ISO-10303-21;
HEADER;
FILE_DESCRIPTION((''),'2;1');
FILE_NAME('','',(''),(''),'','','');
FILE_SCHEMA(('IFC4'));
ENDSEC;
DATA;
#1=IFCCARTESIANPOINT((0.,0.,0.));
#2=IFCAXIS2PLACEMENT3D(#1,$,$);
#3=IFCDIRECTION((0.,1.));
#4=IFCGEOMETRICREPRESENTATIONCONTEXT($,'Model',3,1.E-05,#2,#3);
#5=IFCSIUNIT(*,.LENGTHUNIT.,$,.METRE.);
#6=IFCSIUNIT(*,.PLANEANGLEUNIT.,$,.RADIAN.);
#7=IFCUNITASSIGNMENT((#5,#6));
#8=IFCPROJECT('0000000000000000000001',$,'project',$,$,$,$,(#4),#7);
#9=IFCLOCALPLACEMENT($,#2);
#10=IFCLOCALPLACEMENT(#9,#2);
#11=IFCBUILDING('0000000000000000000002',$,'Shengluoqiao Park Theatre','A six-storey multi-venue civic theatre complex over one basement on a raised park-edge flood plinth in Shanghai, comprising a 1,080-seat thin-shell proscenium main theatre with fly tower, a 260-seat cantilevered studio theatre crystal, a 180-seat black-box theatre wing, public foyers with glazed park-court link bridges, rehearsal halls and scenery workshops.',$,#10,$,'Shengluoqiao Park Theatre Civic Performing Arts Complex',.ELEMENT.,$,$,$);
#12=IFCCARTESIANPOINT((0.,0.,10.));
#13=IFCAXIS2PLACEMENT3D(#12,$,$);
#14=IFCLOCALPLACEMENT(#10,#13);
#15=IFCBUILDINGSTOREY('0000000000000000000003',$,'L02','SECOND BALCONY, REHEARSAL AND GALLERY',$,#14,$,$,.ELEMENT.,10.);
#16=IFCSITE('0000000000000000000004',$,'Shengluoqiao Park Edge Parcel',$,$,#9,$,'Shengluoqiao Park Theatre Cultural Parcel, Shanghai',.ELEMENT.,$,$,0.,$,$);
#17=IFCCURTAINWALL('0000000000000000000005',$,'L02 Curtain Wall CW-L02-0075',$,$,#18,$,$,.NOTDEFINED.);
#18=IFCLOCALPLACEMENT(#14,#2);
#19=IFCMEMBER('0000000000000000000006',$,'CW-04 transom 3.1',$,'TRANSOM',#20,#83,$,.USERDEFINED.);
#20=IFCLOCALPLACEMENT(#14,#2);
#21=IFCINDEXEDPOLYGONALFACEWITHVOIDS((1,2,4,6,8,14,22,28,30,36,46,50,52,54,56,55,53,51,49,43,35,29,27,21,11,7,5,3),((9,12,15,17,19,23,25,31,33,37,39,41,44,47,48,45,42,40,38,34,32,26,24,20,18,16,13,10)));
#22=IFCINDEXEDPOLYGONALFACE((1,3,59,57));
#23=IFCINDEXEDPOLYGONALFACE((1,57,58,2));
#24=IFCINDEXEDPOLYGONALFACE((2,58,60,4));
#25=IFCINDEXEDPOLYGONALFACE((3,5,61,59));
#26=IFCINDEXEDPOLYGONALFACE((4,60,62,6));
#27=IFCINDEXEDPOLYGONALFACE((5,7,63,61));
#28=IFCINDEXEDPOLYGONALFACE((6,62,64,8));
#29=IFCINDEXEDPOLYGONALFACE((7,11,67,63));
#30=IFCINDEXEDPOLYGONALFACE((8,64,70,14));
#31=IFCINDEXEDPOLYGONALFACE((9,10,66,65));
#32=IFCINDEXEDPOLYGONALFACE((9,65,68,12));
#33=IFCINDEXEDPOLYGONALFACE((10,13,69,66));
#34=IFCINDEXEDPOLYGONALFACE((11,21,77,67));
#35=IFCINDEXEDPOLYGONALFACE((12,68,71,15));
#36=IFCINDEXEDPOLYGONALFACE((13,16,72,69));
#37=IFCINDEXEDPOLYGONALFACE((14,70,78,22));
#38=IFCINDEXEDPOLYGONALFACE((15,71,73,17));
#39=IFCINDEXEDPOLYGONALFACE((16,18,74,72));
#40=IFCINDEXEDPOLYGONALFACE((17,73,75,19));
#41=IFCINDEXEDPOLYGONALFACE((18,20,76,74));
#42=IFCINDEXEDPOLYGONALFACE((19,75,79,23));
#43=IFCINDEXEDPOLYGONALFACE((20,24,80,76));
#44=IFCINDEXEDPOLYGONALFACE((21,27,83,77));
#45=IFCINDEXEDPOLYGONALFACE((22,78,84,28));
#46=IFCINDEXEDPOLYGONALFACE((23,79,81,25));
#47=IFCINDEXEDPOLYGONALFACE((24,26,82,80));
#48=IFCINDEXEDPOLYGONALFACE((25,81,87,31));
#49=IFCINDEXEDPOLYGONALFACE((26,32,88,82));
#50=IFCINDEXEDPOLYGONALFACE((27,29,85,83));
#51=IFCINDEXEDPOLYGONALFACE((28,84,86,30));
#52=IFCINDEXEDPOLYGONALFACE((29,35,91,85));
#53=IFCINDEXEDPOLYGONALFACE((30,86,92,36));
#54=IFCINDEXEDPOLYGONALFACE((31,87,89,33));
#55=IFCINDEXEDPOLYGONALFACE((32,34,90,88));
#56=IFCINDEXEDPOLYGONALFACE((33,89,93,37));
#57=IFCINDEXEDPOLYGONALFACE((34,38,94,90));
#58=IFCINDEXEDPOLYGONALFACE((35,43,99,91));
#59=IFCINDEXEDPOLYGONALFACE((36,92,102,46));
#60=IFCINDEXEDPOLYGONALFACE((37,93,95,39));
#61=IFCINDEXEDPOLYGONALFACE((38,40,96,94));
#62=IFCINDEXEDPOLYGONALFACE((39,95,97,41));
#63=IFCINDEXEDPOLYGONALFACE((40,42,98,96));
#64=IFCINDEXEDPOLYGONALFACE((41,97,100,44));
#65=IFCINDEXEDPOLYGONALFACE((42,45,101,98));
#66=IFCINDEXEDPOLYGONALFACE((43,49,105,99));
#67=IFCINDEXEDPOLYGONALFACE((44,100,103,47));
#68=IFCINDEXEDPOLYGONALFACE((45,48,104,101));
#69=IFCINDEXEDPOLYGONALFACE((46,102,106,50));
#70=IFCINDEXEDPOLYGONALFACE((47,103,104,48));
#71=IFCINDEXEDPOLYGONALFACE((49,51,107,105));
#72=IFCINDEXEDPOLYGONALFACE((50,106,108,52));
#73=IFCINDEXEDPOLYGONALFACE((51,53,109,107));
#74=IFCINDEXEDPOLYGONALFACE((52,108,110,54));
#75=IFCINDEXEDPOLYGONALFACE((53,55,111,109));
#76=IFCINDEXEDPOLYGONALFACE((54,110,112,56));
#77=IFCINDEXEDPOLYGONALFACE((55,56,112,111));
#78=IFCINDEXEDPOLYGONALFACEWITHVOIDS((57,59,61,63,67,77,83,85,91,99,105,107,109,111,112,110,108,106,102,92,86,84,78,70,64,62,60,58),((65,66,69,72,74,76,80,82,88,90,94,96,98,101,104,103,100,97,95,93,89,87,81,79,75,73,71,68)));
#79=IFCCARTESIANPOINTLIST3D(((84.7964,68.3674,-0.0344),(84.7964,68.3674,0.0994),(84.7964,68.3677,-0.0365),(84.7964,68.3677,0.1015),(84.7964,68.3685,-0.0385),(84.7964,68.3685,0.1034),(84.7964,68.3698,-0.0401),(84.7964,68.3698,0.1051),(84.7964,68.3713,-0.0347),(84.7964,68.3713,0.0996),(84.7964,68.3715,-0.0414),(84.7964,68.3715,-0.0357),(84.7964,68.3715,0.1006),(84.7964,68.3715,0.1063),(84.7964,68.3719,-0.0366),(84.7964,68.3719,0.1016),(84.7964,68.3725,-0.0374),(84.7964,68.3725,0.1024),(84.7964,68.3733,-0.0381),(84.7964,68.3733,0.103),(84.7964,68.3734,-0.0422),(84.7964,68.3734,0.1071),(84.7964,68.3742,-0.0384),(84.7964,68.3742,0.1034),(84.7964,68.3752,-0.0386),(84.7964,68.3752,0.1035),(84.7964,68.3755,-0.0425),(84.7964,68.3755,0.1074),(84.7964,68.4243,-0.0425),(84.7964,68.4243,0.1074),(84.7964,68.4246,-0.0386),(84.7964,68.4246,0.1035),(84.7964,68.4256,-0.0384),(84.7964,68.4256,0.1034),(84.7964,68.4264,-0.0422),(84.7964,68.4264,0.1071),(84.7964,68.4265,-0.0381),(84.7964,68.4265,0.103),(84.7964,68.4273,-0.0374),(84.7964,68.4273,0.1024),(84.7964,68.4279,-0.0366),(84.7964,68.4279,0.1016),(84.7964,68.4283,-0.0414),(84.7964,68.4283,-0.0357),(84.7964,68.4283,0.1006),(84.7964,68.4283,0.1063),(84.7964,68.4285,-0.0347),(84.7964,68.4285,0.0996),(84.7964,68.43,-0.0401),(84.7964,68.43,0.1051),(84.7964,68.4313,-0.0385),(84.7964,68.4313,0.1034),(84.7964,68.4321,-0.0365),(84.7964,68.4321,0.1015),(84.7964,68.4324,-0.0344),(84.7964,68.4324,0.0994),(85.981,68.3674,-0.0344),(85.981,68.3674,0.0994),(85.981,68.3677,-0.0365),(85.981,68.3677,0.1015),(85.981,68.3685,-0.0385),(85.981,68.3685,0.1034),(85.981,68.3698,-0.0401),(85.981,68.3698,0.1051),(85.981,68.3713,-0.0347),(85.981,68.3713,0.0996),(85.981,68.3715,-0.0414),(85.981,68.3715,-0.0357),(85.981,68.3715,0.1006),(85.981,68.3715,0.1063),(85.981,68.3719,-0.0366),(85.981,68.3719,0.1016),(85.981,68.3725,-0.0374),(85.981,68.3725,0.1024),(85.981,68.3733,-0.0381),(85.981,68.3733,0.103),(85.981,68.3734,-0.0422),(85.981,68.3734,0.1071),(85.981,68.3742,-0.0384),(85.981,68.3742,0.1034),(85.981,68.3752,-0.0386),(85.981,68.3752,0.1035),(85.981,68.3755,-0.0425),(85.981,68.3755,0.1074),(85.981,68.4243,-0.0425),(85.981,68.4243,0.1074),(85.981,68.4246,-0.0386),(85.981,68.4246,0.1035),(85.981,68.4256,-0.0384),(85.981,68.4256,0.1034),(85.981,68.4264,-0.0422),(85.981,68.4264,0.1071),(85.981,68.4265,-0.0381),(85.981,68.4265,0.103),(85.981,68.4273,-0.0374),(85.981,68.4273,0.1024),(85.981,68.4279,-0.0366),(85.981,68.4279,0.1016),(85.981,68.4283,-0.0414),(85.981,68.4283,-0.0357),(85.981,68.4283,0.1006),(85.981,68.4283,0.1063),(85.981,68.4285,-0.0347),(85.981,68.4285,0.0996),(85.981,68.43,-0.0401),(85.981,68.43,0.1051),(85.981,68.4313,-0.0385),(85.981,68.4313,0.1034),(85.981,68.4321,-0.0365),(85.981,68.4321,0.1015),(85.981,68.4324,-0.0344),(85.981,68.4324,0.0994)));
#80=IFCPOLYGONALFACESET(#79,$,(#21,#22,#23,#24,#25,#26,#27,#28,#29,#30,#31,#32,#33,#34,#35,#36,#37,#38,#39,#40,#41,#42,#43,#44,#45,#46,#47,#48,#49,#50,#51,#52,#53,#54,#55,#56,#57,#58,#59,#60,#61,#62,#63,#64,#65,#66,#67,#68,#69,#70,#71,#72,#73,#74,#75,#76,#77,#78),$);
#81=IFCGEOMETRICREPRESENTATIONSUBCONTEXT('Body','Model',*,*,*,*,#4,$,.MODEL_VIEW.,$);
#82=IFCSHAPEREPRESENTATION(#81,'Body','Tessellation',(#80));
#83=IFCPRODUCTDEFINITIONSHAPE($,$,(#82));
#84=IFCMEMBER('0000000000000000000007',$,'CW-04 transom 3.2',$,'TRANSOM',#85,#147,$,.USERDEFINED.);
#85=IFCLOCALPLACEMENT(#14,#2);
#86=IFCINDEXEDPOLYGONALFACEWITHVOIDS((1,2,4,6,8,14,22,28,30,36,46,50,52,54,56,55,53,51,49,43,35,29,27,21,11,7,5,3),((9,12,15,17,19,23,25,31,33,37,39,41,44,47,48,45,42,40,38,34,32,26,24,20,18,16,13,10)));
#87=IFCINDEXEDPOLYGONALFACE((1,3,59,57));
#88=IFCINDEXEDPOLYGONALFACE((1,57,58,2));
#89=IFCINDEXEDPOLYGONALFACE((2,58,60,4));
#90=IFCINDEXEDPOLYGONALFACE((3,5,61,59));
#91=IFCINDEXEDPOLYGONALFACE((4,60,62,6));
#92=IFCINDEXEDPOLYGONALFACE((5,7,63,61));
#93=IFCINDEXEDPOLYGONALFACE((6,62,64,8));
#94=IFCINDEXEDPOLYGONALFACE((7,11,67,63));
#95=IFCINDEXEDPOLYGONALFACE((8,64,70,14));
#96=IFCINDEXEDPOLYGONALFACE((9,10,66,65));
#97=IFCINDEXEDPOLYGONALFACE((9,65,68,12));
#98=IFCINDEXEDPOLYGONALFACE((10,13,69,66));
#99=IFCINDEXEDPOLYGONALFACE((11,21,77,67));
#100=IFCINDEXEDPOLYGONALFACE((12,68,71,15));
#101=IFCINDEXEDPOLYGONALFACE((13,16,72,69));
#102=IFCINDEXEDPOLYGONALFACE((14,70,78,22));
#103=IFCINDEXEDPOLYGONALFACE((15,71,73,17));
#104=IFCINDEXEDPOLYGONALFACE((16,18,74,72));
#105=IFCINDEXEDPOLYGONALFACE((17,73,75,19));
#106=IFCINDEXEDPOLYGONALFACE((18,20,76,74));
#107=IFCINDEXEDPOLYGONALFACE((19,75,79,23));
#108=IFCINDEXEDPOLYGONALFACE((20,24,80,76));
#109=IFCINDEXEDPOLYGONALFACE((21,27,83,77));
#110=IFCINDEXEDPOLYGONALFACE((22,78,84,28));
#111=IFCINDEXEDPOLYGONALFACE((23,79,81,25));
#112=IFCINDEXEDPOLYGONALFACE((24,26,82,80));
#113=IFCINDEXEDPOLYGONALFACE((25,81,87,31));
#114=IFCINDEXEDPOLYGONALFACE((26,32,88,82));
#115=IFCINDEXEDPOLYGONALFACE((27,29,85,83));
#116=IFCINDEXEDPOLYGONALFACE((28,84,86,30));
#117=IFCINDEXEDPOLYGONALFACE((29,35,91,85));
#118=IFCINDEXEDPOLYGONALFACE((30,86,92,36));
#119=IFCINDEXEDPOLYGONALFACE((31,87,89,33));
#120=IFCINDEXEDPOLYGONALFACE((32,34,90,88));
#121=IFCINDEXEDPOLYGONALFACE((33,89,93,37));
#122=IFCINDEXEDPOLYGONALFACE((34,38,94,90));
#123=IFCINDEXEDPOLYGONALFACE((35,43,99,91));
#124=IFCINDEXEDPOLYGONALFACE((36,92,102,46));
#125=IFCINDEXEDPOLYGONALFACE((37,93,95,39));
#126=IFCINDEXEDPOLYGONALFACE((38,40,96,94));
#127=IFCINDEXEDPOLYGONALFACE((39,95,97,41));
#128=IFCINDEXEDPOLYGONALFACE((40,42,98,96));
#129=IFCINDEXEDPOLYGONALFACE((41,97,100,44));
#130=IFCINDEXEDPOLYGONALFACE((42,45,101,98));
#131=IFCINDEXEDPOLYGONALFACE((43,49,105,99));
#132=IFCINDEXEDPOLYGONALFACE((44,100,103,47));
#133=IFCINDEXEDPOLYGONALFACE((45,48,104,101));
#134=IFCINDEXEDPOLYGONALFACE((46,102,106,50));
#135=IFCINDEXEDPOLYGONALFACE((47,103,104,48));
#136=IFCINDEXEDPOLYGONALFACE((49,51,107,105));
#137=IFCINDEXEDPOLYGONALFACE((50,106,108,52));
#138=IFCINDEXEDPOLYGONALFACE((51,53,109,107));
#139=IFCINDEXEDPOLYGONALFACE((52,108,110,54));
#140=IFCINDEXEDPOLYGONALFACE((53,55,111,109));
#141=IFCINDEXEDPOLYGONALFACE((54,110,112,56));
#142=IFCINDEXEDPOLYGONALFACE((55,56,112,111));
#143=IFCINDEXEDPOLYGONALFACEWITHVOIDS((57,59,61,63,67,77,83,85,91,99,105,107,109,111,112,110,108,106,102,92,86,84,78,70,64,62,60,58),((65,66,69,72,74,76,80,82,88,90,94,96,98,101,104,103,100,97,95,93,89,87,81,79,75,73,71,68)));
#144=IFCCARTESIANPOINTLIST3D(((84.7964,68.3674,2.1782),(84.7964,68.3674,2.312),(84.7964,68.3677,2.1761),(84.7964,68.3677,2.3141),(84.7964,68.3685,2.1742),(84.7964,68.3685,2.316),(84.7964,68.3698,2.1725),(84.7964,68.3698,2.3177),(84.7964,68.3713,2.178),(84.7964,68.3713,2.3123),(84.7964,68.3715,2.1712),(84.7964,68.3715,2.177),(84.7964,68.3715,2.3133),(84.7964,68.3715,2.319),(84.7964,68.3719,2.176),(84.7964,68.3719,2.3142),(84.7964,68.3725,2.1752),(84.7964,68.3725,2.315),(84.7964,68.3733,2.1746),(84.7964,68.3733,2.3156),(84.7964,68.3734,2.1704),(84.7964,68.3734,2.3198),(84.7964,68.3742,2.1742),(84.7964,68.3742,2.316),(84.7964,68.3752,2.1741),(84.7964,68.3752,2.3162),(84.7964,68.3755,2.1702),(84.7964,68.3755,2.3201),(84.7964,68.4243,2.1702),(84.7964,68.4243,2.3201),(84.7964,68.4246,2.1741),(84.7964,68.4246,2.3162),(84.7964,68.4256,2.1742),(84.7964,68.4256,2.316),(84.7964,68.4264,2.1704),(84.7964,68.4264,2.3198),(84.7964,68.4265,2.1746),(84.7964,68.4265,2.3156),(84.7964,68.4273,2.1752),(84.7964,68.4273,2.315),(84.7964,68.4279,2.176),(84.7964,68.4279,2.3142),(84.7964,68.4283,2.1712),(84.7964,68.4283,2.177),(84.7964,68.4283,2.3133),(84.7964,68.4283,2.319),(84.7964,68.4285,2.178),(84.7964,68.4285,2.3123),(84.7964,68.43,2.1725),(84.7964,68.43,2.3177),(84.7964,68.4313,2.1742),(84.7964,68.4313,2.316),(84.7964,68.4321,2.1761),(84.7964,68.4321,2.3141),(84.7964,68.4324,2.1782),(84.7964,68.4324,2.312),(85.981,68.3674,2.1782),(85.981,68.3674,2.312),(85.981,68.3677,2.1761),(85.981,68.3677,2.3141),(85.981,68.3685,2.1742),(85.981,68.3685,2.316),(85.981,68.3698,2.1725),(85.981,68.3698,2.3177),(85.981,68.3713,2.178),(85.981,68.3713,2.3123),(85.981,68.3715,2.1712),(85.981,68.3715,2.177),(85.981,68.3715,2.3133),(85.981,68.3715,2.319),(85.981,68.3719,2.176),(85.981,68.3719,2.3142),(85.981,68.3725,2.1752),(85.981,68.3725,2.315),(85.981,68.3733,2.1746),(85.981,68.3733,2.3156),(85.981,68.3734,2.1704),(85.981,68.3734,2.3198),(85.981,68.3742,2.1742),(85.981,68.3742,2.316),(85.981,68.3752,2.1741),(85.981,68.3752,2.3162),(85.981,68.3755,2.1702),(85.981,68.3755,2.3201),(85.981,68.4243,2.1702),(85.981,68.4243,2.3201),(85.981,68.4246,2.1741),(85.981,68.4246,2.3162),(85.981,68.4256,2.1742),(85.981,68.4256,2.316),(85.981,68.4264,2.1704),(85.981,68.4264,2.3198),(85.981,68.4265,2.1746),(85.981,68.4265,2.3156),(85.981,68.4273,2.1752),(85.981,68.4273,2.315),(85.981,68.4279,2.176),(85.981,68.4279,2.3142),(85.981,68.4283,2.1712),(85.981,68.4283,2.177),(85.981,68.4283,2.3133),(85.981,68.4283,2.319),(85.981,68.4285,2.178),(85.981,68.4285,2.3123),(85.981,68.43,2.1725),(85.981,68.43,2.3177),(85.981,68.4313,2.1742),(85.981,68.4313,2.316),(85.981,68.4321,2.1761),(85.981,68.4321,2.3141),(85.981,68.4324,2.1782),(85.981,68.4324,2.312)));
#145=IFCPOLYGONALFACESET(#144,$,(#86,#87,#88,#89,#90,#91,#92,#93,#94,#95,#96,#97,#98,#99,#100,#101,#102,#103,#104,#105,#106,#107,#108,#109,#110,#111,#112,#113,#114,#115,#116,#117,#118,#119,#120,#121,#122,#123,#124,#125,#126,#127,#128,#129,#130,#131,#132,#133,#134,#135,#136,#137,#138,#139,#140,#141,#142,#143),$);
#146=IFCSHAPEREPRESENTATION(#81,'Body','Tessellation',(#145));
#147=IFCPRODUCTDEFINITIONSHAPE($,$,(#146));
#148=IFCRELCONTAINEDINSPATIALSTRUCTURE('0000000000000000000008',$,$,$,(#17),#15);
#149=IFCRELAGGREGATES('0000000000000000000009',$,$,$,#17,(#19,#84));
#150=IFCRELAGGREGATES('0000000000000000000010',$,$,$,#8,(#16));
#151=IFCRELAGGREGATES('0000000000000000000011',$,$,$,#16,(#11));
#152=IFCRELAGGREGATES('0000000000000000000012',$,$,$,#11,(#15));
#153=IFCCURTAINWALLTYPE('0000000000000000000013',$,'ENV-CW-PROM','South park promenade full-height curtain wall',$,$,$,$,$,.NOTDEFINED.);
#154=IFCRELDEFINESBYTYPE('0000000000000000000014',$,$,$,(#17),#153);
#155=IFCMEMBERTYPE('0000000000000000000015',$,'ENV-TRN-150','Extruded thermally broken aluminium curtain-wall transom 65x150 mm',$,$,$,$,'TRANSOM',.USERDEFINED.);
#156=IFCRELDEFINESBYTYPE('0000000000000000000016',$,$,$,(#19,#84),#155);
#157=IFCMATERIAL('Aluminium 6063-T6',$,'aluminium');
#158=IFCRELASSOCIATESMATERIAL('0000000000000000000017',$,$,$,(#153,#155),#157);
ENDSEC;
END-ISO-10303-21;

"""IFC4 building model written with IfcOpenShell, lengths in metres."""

from ifc_helpers import new_model, si_unit, direction, frame, origin, origin_2d, place, context, subcontext, project, spatial, hollow_rectangle, extrude, material, material_profile, profile_set, type_object, element, aggregate, save


model = new_model("IFC4")

# Units and contexts
model_context = context("Model", 3, precision=1e-05, world=origin(), true_north=direction((0.0, 1.0)))
body_context = subcontext(model_context, "Body", "Model", "MODEL_VIEW")
ifc_project = project(units=[si_unit("LENGTHUNIT", "METRE"), si_unit("PLANEANGLEUNIT", "RADIAN")], contexts=[model_context])

# Site, building, storey
site_placement = place(None, origin())
site = spatial("IfcSite", under=ifc_project, at=site_placement, Name="Shengluoqiao Park Edge Parcel", LongName="Shengluoqiao Park Theatre Cultural Parcel, Shanghai", CompositionType="ELEMENT", RefElevation=0.0)
building_placement = place(site_placement, origin())
building = spatial("IfcBuilding", under=site, at=building_placement, Name="Shengluoqiao Park Theatre", Description="A six-storey multi-venue civic theatre complex over one basement on a raised park-edge flood plinth in Shanghai, comprising a 1,080-seat thin-shell proscenium main theatre with fly tower, a 260-seat cantilevered studio theatre crystal, a 180-seat black-box theatre wing, public foyers with glazed park-court link bridges, rehearsal halls and scenery workshops.", LongName="Shengluoqiao Park Theatre Civic Performing Arts Complex", CompositionType="ELEMENT")
storey_placement = place(building_placement, frame((0.0, 0.0, 10.0)))
storey = spatial("IfcBuildingStorey", under=building, at=storey_placement, Name="L02", Description="SECOND BALCONY, REHEARSAL AND GALLERY", CompositionType="ELEMENT", Elevation=10.0)

# Curtain wall
ifc_material_1 = material(Name="Aluminium 6063-T6", Category="aluminium")
curtain_wall_type_1 = type_object("IfcCurtainWallType", Name="ENV-CW-PROM", Description="South park promenade full-height curtain wall", PredefinedType="NOTDEFINED", material=ifc_material_1)
curtain_wall_1_placement = place(storey_placement, origin())
curtain_wall_1 = element("IfcCurtainWall", 1, at=curtain_wall_1_placement, inside=storey, type_object=curtain_wall_type_1, Name="L02 Curtain Wall CW-L02-0075", PredefinedType="NOTDEFINED")

# Members
ifc_material_profile_1 = material_profile(ifc_material_1, hollow_rectangle(XDim=0.0649, YDim=0.1499, WallThickness=0.0039, InnerFilletRadius=0.0039, OuterFilletRadius=0.0081, at=origin_2d()), Name="ALU TRANSOM 150x65x4")
ifc_profile_set_1 = profile_set([ifc_material_profile_1], Name="Aluminium 6063-T6")
member_type_1 = type_object("IfcMemberType", Name="ENV-TRN-150", Description="Extruded thermally broken aluminium curtain-wall transom 65x150 mm", ElementType="TRANSOM", PredefinedType="USERDEFINED", material=ifc_profile_set_1)
member_1_placement = place(storey_placement, frame((84.7964, 68.3999, 0.0325), z_axis=(1.0, 0.0, 0.0), x_axis=(0.0, 1.0, 0.0)))
member_1 = element("IfcMember", 2, at=member_1_placement, type_object=member_type_1, Name="CW-04 transom 3.1", ObjectType="TRANSOM", PredefinedType="USERDEFINED", context=body_context, shape_type="SweptSolid", body=[
    extrude(hollow_rectangle(XDim=0.0649, YDim=0.1499, WallThickness=0.0039, InnerFilletRadius=0.0039, OuterFilletRadius=0.0081, at=origin_2d()), origin(), (0.0, 0.0, 1.0), 1.1846),
])
member_2_placement = place(storey_placement, frame((84.7964, 68.3999, 2.2451), z_axis=(1.0, 0.0, 0.0), x_axis=(0.0, 1.0, 0.0)))
member_2 = element("IfcMember", 3, at=member_2_placement, type_object=member_type_1, Name="CW-04 transom 3.2", ObjectType="TRANSOM", PredefinedType="USERDEFINED", context=body_context, shape_type="SweptSolid", body=[
    extrude(hollow_rectangle(XDim=0.0649, YDim=0.1499, WallThickness=0.0039, InnerFilletRadius=0.0039, OuterFilletRadius=0.0081, at=origin_2d()), origin(), (0.0, 0.0, 1.0), 1.1846),
])

aggregate(curtain_wall_1, [member_1, member_2])

save(model, "model.ifc")
